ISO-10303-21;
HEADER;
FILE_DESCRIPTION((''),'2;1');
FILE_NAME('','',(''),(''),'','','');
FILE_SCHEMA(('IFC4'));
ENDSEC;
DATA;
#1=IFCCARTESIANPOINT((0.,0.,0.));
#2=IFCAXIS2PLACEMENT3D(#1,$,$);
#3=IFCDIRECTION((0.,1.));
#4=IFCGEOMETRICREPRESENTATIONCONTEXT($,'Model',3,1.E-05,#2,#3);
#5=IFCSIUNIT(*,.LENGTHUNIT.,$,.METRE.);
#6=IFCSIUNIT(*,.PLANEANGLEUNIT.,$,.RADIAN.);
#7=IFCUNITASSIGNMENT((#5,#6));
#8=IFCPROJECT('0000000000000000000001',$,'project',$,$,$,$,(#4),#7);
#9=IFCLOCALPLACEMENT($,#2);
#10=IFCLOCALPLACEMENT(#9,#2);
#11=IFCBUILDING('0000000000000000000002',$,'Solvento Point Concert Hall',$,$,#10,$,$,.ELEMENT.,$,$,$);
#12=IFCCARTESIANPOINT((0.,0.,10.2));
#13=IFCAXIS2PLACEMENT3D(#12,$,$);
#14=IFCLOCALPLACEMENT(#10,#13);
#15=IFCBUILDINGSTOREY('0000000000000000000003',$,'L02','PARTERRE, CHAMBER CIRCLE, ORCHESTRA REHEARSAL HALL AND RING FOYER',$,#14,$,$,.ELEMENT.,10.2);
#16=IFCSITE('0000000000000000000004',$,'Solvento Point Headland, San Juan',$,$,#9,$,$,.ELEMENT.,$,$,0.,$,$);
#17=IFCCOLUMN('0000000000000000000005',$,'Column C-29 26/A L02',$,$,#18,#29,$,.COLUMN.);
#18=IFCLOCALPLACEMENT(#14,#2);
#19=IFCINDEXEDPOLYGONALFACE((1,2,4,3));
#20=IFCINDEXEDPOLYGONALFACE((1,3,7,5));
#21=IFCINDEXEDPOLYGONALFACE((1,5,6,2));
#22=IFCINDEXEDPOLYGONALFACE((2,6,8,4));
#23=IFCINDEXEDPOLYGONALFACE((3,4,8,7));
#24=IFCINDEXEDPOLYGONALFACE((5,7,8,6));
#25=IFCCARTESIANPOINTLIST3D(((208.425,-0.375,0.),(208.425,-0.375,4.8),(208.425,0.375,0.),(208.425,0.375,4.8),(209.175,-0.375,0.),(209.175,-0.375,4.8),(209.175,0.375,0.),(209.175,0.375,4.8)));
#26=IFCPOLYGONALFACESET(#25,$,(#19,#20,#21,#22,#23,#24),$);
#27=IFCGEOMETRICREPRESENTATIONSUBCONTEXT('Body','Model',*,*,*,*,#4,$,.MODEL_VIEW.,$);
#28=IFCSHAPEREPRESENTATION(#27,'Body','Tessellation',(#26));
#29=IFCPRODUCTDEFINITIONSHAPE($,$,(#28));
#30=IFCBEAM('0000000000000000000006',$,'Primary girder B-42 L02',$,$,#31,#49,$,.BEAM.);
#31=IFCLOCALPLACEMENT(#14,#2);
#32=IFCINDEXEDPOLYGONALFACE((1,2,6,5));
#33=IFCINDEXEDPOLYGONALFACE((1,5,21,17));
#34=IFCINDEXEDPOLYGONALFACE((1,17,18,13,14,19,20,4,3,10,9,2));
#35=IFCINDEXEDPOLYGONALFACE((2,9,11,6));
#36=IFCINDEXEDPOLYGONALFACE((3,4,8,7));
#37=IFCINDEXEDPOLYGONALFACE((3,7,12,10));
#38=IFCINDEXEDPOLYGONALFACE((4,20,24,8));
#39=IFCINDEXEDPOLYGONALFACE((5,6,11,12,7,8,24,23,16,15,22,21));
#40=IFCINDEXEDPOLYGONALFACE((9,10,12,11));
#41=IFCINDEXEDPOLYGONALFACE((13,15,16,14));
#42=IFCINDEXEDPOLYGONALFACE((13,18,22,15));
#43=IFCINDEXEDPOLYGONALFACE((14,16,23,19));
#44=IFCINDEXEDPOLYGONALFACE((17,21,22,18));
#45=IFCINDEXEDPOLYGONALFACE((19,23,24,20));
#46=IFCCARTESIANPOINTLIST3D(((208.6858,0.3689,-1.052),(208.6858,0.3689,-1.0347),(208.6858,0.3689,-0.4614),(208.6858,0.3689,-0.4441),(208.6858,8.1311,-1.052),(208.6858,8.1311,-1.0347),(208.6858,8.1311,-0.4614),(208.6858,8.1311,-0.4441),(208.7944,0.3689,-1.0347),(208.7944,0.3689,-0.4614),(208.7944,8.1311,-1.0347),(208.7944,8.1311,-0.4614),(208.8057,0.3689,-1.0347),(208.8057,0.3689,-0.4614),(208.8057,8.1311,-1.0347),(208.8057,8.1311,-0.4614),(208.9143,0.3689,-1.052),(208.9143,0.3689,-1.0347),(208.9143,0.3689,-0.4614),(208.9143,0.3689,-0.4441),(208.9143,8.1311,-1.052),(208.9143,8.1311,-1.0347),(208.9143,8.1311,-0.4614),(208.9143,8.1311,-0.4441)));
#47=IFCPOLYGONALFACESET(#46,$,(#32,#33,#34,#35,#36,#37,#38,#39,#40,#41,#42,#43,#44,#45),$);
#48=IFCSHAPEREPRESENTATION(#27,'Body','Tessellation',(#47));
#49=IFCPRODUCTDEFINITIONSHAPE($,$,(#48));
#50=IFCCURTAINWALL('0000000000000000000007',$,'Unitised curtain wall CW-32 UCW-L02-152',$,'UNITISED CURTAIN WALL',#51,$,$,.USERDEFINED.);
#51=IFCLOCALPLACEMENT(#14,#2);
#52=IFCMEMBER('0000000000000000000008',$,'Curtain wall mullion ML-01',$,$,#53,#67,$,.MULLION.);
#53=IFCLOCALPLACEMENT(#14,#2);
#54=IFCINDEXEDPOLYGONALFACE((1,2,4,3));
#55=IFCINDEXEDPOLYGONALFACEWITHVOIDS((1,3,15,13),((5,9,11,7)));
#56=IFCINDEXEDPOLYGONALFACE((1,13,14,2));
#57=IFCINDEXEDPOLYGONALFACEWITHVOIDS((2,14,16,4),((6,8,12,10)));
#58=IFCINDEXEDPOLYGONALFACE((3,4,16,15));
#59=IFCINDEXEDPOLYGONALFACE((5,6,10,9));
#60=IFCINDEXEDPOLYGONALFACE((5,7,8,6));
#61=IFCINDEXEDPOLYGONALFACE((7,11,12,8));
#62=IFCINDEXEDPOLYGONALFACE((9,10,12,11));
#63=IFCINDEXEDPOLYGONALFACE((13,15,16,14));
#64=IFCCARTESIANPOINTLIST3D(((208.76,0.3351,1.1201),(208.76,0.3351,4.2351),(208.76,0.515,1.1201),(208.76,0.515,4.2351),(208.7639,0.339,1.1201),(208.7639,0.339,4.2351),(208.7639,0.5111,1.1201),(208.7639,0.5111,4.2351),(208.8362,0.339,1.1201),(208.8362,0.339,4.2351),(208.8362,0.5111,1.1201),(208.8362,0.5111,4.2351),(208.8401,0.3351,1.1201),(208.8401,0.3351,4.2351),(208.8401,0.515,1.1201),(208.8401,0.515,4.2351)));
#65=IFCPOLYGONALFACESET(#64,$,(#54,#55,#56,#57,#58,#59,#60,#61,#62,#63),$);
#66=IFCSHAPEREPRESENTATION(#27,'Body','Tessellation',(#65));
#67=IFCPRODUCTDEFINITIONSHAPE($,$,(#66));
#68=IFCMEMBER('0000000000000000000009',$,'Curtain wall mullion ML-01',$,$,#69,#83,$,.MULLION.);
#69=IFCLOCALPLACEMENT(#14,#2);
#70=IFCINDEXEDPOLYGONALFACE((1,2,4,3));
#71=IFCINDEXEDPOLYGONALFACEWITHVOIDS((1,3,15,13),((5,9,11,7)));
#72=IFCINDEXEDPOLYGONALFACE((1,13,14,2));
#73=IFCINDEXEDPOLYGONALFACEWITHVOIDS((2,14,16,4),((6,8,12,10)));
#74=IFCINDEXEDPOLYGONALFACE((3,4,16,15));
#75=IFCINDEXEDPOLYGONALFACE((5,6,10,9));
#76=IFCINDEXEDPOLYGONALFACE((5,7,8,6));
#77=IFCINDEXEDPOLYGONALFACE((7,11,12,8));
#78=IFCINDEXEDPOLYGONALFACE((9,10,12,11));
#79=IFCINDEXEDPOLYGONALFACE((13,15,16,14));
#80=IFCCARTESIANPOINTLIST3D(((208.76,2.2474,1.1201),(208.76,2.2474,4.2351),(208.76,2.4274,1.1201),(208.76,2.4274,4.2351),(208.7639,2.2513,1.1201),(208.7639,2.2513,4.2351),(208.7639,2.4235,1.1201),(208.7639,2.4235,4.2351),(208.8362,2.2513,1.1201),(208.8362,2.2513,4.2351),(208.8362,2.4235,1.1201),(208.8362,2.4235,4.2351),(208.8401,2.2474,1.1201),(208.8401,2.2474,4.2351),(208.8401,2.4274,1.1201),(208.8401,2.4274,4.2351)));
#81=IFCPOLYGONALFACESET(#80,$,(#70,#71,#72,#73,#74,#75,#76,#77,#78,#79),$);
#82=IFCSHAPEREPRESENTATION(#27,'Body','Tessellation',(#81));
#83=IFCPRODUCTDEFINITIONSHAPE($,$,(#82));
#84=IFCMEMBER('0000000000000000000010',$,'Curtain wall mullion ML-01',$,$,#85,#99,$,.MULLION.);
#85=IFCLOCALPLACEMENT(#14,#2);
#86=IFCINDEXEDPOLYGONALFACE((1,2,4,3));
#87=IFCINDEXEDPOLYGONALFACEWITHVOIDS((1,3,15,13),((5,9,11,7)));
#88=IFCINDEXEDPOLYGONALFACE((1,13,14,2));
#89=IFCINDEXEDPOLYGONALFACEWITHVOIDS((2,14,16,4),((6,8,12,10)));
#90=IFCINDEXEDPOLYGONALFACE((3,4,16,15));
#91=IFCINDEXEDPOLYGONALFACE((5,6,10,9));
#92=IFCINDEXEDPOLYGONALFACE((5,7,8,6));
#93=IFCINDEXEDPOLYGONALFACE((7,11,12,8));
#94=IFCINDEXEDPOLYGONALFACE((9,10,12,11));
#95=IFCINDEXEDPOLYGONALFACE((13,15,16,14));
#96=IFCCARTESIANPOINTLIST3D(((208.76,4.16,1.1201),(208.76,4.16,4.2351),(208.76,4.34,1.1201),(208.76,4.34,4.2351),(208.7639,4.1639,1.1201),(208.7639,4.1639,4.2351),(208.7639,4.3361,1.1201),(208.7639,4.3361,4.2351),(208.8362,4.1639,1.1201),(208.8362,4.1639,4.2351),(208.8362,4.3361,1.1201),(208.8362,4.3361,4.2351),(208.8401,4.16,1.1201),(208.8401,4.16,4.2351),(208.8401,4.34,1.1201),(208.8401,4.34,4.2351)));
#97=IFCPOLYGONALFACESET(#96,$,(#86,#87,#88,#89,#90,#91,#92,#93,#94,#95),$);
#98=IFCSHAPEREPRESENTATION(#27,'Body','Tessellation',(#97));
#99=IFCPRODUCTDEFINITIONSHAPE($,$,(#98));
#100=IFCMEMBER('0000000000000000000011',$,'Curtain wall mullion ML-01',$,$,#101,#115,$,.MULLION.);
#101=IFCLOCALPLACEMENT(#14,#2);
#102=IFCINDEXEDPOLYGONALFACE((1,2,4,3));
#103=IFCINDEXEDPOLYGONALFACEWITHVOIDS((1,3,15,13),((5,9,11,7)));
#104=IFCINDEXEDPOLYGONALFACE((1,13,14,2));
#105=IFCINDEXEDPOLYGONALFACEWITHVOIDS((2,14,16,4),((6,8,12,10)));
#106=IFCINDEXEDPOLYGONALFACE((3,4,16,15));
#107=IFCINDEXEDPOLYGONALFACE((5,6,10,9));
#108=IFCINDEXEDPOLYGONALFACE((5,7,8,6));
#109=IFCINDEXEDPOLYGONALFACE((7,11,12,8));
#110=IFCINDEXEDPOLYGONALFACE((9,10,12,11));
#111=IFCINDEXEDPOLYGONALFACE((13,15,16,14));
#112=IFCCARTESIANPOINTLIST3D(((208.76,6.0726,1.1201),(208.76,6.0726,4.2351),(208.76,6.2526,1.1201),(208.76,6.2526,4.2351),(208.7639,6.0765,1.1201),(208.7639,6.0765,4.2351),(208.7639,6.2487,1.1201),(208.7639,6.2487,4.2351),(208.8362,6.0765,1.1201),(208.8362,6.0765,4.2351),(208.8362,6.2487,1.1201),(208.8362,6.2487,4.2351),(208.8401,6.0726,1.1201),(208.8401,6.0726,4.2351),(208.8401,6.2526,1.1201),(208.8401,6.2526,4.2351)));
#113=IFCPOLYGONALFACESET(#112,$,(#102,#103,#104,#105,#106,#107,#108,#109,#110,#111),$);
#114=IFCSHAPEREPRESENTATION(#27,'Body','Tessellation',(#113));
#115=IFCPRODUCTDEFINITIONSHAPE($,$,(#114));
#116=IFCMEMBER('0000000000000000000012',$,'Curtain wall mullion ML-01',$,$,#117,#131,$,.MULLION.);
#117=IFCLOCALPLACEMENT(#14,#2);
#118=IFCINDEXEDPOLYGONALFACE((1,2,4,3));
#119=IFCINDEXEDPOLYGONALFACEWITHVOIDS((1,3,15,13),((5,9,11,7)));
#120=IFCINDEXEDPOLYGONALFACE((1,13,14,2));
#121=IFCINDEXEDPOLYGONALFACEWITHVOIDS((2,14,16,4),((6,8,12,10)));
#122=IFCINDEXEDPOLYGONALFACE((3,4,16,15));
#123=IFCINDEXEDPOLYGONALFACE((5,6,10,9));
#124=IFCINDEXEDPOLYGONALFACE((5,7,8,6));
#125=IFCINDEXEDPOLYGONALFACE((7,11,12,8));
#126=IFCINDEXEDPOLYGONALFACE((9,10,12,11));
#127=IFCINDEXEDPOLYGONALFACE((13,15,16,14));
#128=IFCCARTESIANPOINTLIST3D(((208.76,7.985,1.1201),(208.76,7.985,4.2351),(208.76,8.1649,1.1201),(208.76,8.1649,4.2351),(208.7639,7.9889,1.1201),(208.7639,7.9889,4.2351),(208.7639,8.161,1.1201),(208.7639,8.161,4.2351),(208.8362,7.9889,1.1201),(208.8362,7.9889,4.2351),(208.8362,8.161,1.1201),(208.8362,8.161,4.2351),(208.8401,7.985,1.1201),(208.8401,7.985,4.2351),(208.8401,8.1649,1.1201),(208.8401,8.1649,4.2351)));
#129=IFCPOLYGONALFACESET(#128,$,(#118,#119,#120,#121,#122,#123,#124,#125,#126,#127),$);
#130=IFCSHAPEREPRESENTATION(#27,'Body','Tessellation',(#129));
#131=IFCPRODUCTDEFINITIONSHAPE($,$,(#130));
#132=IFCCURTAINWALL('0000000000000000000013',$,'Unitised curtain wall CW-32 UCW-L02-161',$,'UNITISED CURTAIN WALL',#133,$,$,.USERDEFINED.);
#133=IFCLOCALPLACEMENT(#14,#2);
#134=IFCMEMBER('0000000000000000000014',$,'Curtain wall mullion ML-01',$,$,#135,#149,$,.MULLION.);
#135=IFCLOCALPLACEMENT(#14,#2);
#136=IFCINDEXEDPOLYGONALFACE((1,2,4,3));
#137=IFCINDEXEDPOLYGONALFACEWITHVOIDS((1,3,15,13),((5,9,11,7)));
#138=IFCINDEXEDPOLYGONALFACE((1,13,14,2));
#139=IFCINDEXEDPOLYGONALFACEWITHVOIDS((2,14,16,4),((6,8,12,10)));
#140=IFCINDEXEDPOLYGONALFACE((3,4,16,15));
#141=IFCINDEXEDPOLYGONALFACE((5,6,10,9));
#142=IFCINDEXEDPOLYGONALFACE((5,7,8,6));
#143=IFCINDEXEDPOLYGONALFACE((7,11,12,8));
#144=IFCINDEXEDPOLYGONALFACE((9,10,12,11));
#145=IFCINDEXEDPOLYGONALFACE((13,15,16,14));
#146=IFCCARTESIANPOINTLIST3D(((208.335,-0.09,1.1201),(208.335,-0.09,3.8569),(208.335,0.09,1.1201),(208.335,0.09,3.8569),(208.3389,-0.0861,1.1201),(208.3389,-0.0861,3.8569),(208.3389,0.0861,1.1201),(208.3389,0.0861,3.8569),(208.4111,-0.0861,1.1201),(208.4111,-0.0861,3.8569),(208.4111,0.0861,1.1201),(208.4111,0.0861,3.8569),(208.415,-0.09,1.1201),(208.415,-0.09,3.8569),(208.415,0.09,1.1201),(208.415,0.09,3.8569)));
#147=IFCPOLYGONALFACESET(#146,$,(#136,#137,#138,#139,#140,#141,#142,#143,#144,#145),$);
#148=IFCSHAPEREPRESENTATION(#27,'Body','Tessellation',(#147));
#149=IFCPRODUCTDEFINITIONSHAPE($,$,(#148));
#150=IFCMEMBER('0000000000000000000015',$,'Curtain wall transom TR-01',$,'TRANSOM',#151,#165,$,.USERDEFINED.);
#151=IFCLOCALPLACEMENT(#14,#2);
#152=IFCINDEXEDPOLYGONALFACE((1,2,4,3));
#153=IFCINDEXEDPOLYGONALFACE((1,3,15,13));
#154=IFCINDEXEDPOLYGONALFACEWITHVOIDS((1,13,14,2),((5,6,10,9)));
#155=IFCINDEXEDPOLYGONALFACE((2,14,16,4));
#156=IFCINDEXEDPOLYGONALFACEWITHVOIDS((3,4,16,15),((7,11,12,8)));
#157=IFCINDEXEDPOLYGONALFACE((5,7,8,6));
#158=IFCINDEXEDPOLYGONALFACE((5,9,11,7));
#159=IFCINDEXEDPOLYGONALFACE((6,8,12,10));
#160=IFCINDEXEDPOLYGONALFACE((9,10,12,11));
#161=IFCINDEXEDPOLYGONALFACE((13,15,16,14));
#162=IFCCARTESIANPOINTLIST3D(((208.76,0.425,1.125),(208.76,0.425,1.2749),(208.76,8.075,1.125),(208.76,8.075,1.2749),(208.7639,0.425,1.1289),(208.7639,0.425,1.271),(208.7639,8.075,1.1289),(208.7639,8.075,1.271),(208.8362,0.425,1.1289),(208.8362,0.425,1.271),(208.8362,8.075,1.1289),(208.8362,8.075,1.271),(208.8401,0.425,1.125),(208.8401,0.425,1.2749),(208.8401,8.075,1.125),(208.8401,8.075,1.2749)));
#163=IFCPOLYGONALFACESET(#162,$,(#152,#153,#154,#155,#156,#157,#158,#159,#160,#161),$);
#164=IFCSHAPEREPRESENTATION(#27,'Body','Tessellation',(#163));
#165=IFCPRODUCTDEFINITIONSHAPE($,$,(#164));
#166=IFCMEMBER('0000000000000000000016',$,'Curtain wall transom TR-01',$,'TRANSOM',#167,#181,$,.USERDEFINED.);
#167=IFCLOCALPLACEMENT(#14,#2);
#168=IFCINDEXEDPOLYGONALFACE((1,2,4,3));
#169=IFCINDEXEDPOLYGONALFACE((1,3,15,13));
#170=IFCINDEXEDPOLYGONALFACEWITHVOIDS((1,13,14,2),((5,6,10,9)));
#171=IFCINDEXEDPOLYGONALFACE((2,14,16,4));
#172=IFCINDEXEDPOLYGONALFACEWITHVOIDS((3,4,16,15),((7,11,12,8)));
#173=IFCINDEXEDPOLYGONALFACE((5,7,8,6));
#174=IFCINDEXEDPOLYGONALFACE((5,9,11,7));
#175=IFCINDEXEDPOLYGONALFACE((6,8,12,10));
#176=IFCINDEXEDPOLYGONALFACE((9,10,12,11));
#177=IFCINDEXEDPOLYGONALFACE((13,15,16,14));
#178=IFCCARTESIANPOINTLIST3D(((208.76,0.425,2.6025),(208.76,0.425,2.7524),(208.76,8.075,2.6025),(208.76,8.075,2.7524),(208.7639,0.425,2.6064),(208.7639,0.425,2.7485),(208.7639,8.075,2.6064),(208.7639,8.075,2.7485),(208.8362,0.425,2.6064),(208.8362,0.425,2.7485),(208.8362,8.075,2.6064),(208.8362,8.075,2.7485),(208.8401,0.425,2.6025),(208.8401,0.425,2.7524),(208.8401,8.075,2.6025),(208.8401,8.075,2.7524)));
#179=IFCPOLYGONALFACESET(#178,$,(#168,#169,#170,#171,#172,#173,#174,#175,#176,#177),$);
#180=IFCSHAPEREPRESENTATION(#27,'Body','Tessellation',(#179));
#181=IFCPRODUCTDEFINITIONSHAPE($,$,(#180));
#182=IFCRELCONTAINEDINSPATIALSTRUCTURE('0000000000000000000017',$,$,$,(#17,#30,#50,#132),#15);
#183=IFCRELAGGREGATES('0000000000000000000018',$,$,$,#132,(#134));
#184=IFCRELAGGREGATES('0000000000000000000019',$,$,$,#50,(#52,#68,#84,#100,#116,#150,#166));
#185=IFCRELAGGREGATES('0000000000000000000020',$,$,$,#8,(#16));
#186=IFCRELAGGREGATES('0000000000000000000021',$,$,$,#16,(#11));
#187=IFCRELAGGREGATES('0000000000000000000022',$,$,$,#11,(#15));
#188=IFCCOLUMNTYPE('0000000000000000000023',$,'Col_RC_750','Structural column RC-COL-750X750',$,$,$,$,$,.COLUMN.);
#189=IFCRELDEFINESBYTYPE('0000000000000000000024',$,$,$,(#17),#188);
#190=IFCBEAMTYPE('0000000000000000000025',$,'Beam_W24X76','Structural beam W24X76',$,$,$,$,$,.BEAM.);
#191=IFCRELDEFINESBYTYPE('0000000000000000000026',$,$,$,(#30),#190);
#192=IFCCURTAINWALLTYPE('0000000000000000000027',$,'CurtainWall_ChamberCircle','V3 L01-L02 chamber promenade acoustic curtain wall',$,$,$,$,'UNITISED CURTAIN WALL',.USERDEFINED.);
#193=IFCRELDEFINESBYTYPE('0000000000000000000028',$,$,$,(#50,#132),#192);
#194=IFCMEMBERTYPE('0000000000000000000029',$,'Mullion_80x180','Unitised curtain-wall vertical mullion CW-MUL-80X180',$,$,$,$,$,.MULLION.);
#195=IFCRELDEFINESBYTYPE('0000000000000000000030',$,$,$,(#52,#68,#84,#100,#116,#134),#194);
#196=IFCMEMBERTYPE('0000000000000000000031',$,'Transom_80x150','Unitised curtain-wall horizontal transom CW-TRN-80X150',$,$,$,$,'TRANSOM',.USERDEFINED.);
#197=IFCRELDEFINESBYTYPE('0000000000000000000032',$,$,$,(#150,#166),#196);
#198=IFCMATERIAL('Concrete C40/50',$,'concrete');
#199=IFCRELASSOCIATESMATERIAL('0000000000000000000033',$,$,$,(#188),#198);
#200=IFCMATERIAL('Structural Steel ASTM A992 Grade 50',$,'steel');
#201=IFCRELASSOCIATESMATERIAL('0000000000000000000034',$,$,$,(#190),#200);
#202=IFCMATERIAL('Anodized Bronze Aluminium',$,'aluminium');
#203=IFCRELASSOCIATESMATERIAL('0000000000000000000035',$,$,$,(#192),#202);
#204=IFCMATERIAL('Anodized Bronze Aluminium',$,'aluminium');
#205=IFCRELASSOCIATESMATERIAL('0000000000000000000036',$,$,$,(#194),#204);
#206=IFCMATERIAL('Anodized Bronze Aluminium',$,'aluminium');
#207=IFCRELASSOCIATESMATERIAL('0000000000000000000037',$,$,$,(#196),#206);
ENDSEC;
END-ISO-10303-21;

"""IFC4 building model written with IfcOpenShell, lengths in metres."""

from ifc_helpers import new_model, si_unit, direction, frame, origin, origin_2d, place, context, subcontext, project, spatial, rectangle, hollow_rectangle, i_section, extrude, material, material_profile, profile_set, type_object, element, aggregate, save


model = new_model("IFC4")

# Units and contexts
model_context = context("Model", 3, precision=1e-05, world=origin(), true_north=direction((0.0, 1.0)))
body_context = subcontext(model_context, "Body", "Model", "MODEL_VIEW")
ifc_project = project(units=[si_unit("LENGTHUNIT", "METRE"), si_unit("PLANEANGLEUNIT", "RADIAN")], contexts=[model_context])

# Site, building, storey
site_placement = place(None, origin())
site = spatial("IfcSite", under=ifc_project, at=site_placement, Name="Solvento Point Headland, San Juan", CompositionType="ELEMENT", RefElevation=0.0)
building_placement = place(site_placement, origin())
building = spatial("IfcBuilding", under=site, at=building_placement, Name="Solvento Point Concert Hall", CompositionType="ELEMENT")
storey_placement = place(building_placement, frame((0.0, 0.0, 10.2)))
storey = spatial("IfcBuildingStorey", under=building, at=storey_placement, Name="L02", Description="PARTERRE, CHAMBER CIRCLE, ORCHESTRA REHEARSAL HALL AND RING FOYER", CompositionType="ELEMENT", Elevation=10.2)

# Column
ifc_material_1 = material(Name="Concrete C40/50", Category="concrete")
ifc_material_profile_1 = material_profile(ifc_material_1, rectangle(XDim=0.75, YDim=0.75, at=origin_2d()), Name="RC-COL-750X750")
ifc_profile_set_1 = profile_set([ifc_material_profile_1], Name="Concrete C40/50")
column_type = type_object("IfcColumnType", Name="Col_RC_750", Description="Structural column RC-COL-750X750", PredefinedType="COLUMN", material=ifc_profile_set_1)
column_placement = place(storey_placement, frame((208.8, 0.0, 0.0), z_axis=(0.0, 0.0, 1.0), x_axis=(1.0, 0.0, 0.0)))
element("IfcColumn", 1, at=column_placement, inside=storey, type_object=column_type, Name="Column C-29 26/A L02", PredefinedType="COLUMN", context=body_context, shape_type="SweptSolid", body=[
    extrude(rectangle(XDim=0.75, YDim=0.75, at=origin_2d()), origin(), (0.0, 0.0, 1.0), 4.8),
])

# Beam
ifc_material_2 = material(Name="Structural Steel ASTM A992 Grade 50", Category="steel")
ifc_material_profile_2 = material_profile(ifc_material_2, i_section(OverallWidth=0.2285, OverallDepth=0.6079, WebThickness=0.0112, FlangeThickness=0.0173, at=origin_2d()), Name="W24X76")
ifc_profile_set_2 = profile_set([ifc_material_profile_2], Name="Structural Steel ASTM A992 Grade 50")
beam_type = type_object("IfcBeamType", Name="Beam_W24X76", Description="Structural beam W24X76", PredefinedType="BEAM", material=ifc_profile_set_2)
beam_placement = place(storey_placement, frame((208.8, 0.3689, -0.748), z_axis=(0.0, 1.0, 0.0), x_axis=(-1.0, 0.0, 0.0)))
element("IfcBeam", 2, at=beam_placement, inside=storey, type_object=beam_type, Name="Primary girder B-42 L02", PredefinedType="BEAM", context=body_context, shape_type="SweptSolid", body=[
    extrude(i_section(OverallWidth=0.2285, OverallDepth=0.6079, WebThickness=0.0112, FlangeThickness=0.0173, at=origin_2d()), origin(), (0.0, 0.0, 1.0), 7.7622),
])

# Curtain wall, members
ifc_material_3 = material(Name="Anodized Bronze Aluminium", Category="aluminium")
curtain_wall_type = type_object("IfcCurtainWallType", Name="CurtainWall_ChamberCircle", Description="V3 L01-L02 chamber promenade acoustic curtain wall", ElementType="UNITISED CURTAIN WALL", PredefinedType="USERDEFINED", material=ifc_material_3)
curtain_wall_1_placement = place(storey_placement, origin())
curtain_wall_1 = element("IfcCurtainWall", 3, at=curtain_wall_1_placement, inside=storey, type_object=curtain_wall_type, Name="Unitised curtain wall CW-32 UCW-L02-152", ObjectType="UNITISED CURTAIN WALL", PredefinedType="USERDEFINED")
ifc_material_4 = material(Name="Anodized Bronze Aluminium", Category="aluminium")
ifc_material_profile_3 = material_profile(ifc_material_4, hollow_rectangle(XDim=0.0801, YDim=0.1799, WallThickness=0.0039, at=origin_2d()), Name="CW-MUL-80X180")
ifc_profile_set_3 = profile_set([ifc_material_profile_3], Name="Anodized Bronze Aluminium")
member_type_1 = type_object("IfcMemberType", Name="Mullion_80x180", Description="Unitised curtain-wall vertical mullion CW-MUL-80X180", PredefinedType="MULLION", material=ifc_profile_set_3)
member_1_placement = place(storey_placement, frame((208.8, 0.425, 1.1201), z_axis=(0.0, 0.0, 1.0), x_axis=(1.0, 0.0, 0.0)))
member_1 = element("IfcMember", 4, at=member_1_placement, type_object=member_type_1, Name="Curtain wall mullion ML-01", PredefinedType="MULLION", context=body_context, shape_type="SweptSolid", body=[
    extrude(hollow_rectangle(XDim=0.0801, YDim=0.1799, WallThickness=0.0039, at=origin_2d()), origin(), (0.0, 0.0, 1.0), 3.115),
])
member_2_placement = place(storey_placement, frame((208.8, 2.3374, 1.1201), z_axis=(0.0, 0.0, 1.0), x_axis=(1.0, 0.0, 0.0)))
member_2 = element("IfcMember", 5, at=member_2_placement, type_object=member_type_1, Name="Curtain wall mullion ML-01", PredefinedType="MULLION", context=body_context, shape_type="SweptSolid", body=[
    extrude(hollow_rectangle(XDim=0.0801, YDim=0.1799, WallThickness=0.0039, at=origin_2d()), origin(), (0.0, 0.0, 1.0), 3.115),
])
member_3_placement = place(storey_placement, frame((208.8, 4.25, 1.1201), z_axis=(0.0, 0.0, 1.0), x_axis=(1.0, 0.0, 0.0)))
member_3 = element("IfcMember", 6, at=member_3_placement, type_object=member_type_1, Name="Curtain wall mullion ML-01", PredefinedType="MULLION", context=body_context, shape_type="SweptSolid", body=[
    extrude(hollow_rectangle(XDim=0.0801, YDim=0.1799, WallThickness=0.0039, at=origin_2d()), origin(), (0.0, 0.0, 1.0), 3.115),
])
member_4_placement = place(storey_placement, frame((208.8, 6.1626, 1.1201), z_axis=(0.0, 0.0, 1.0), x_axis=(1.0, 0.0, 0.0)))
member_4 = element("IfcMember", 7, at=member_4_placement, type_object=member_type_1, Name="Curtain wall mullion ML-01", PredefinedType="MULLION", context=body_context, shape_type="SweptSolid", body=[
    extrude(hollow_rectangle(XDim=0.0801, YDim=0.1799, WallThickness=0.0039, at=origin_2d()), origin(), (0.0, 0.0, 1.0), 3.115),
])
member_5_placement = place(storey_placement, frame((208.8, 8.075, 1.1201), z_axis=(0.0, 0.0, 1.0), x_axis=(1.0, 0.0, 0.0)))
member_5 = element("IfcMember", 8, at=member_5_placement, type_object=member_type_1, Name="Curtain wall mullion ML-01", PredefinedType="MULLION", context=body_context, shape_type="SweptSolid", body=[
    extrude(hollow_rectangle(XDim=0.0801, YDim=0.1799, WallThickness=0.0039, at=origin_2d()), origin(), (0.0, 0.0, 1.0), 3.115),
])

# Curtain wall, member
curtain_wall_2_placement = place(storey_placement, origin())
curtain_wall_2 = element("IfcCurtainWall", 9, at=curtain_wall_2_placement, inside=storey, type_object=curtain_wall_type, Name="Unitised curtain wall CW-32 UCW-L02-161", ObjectType="UNITISED CURTAIN WALL", PredefinedType="USERDEFINED")
member_6_placement = place(storey_placement, frame((208.375, 0.0, 1.1201), z_axis=(0.0, 0.0, 1.0), x_axis=(1.0, 0.0, 0.0)))
member_6 = element("IfcMember", 10, at=member_6_placement, type_object=member_type_1, Name="Curtain wall mullion ML-01", PredefinedType="MULLION", context=body_context, shape_type="SweptSolid", body=[
    extrude(hollow_rectangle(XDim=0.0801, YDim=0.1799, WallThickness=0.0039, at=origin_2d()), origin(), (0.0, 0.0, 1.0), 2.7368),
])
aggregate(curtain_wall_2, [member_6])

# Members
ifc_material_5 = material(Name="Anodized Bronze Aluminium", Category="aluminium")
ifc_material_profile_4 = material_profile(ifc_material_5, hollow_rectangle(XDim=0.0801, YDim=0.1499, WallThickness=0.0039, at=origin_2d()), Name="CW-TRN-80X150")
ifc_profile_set_4 = profile_set([ifc_material_profile_4], Name="Anodized Bronze Aluminium")
member_type_2 = type_object("IfcMemberType", Name="Transom_80x150", Description="Unitised curtain-wall horizontal transom CW-TRN-80X150", ElementType="TRANSOM", PredefinedType="USERDEFINED", material=ifc_profile_set_4)
member_7_placement = place(storey_placement, frame((208.8, 0.425, 1.2), z_axis=(0.0, 1.0, 0.0), x_axis=(-1.0, 0.0, 0.0)))
member_7 = element("IfcMember", 11, at=member_7_placement, type_object=member_type_2, Name="Curtain wall transom TR-01", ObjectType="TRANSOM", PredefinedType="USERDEFINED", context=body_context, shape_type="SweptSolid", body=[
    extrude(hollow_rectangle(XDim=0.0801, YDim=0.1499, WallThickness=0.0039, at=origin_2d()), origin(), (0.0, 0.0, 1.0), 7.6499),
])
member_8_placement = place(storey_placement, frame((208.8, 0.425, 2.6775), z_axis=(0.0, 1.0, 0.0), x_axis=(-1.0, 0.0, 0.0)))
member_8 = element("IfcMember", 12, at=member_8_placement, type_object=member_type_2, Name="Curtain wall transom TR-01", ObjectType="TRANSOM", PredefinedType="USERDEFINED", context=body_context, shape_type="SweptSolid", body=[
    extrude(hollow_rectangle(XDim=0.0801, YDim=0.1499, WallThickness=0.0039, at=origin_2d()), origin(), (0.0, 0.0, 1.0), 7.6499),
])

aggregate(curtain_wall_1, [member_1, member_2, member_3, member_4, member_5, member_7, member_8])

save(model, "model.ifc")
